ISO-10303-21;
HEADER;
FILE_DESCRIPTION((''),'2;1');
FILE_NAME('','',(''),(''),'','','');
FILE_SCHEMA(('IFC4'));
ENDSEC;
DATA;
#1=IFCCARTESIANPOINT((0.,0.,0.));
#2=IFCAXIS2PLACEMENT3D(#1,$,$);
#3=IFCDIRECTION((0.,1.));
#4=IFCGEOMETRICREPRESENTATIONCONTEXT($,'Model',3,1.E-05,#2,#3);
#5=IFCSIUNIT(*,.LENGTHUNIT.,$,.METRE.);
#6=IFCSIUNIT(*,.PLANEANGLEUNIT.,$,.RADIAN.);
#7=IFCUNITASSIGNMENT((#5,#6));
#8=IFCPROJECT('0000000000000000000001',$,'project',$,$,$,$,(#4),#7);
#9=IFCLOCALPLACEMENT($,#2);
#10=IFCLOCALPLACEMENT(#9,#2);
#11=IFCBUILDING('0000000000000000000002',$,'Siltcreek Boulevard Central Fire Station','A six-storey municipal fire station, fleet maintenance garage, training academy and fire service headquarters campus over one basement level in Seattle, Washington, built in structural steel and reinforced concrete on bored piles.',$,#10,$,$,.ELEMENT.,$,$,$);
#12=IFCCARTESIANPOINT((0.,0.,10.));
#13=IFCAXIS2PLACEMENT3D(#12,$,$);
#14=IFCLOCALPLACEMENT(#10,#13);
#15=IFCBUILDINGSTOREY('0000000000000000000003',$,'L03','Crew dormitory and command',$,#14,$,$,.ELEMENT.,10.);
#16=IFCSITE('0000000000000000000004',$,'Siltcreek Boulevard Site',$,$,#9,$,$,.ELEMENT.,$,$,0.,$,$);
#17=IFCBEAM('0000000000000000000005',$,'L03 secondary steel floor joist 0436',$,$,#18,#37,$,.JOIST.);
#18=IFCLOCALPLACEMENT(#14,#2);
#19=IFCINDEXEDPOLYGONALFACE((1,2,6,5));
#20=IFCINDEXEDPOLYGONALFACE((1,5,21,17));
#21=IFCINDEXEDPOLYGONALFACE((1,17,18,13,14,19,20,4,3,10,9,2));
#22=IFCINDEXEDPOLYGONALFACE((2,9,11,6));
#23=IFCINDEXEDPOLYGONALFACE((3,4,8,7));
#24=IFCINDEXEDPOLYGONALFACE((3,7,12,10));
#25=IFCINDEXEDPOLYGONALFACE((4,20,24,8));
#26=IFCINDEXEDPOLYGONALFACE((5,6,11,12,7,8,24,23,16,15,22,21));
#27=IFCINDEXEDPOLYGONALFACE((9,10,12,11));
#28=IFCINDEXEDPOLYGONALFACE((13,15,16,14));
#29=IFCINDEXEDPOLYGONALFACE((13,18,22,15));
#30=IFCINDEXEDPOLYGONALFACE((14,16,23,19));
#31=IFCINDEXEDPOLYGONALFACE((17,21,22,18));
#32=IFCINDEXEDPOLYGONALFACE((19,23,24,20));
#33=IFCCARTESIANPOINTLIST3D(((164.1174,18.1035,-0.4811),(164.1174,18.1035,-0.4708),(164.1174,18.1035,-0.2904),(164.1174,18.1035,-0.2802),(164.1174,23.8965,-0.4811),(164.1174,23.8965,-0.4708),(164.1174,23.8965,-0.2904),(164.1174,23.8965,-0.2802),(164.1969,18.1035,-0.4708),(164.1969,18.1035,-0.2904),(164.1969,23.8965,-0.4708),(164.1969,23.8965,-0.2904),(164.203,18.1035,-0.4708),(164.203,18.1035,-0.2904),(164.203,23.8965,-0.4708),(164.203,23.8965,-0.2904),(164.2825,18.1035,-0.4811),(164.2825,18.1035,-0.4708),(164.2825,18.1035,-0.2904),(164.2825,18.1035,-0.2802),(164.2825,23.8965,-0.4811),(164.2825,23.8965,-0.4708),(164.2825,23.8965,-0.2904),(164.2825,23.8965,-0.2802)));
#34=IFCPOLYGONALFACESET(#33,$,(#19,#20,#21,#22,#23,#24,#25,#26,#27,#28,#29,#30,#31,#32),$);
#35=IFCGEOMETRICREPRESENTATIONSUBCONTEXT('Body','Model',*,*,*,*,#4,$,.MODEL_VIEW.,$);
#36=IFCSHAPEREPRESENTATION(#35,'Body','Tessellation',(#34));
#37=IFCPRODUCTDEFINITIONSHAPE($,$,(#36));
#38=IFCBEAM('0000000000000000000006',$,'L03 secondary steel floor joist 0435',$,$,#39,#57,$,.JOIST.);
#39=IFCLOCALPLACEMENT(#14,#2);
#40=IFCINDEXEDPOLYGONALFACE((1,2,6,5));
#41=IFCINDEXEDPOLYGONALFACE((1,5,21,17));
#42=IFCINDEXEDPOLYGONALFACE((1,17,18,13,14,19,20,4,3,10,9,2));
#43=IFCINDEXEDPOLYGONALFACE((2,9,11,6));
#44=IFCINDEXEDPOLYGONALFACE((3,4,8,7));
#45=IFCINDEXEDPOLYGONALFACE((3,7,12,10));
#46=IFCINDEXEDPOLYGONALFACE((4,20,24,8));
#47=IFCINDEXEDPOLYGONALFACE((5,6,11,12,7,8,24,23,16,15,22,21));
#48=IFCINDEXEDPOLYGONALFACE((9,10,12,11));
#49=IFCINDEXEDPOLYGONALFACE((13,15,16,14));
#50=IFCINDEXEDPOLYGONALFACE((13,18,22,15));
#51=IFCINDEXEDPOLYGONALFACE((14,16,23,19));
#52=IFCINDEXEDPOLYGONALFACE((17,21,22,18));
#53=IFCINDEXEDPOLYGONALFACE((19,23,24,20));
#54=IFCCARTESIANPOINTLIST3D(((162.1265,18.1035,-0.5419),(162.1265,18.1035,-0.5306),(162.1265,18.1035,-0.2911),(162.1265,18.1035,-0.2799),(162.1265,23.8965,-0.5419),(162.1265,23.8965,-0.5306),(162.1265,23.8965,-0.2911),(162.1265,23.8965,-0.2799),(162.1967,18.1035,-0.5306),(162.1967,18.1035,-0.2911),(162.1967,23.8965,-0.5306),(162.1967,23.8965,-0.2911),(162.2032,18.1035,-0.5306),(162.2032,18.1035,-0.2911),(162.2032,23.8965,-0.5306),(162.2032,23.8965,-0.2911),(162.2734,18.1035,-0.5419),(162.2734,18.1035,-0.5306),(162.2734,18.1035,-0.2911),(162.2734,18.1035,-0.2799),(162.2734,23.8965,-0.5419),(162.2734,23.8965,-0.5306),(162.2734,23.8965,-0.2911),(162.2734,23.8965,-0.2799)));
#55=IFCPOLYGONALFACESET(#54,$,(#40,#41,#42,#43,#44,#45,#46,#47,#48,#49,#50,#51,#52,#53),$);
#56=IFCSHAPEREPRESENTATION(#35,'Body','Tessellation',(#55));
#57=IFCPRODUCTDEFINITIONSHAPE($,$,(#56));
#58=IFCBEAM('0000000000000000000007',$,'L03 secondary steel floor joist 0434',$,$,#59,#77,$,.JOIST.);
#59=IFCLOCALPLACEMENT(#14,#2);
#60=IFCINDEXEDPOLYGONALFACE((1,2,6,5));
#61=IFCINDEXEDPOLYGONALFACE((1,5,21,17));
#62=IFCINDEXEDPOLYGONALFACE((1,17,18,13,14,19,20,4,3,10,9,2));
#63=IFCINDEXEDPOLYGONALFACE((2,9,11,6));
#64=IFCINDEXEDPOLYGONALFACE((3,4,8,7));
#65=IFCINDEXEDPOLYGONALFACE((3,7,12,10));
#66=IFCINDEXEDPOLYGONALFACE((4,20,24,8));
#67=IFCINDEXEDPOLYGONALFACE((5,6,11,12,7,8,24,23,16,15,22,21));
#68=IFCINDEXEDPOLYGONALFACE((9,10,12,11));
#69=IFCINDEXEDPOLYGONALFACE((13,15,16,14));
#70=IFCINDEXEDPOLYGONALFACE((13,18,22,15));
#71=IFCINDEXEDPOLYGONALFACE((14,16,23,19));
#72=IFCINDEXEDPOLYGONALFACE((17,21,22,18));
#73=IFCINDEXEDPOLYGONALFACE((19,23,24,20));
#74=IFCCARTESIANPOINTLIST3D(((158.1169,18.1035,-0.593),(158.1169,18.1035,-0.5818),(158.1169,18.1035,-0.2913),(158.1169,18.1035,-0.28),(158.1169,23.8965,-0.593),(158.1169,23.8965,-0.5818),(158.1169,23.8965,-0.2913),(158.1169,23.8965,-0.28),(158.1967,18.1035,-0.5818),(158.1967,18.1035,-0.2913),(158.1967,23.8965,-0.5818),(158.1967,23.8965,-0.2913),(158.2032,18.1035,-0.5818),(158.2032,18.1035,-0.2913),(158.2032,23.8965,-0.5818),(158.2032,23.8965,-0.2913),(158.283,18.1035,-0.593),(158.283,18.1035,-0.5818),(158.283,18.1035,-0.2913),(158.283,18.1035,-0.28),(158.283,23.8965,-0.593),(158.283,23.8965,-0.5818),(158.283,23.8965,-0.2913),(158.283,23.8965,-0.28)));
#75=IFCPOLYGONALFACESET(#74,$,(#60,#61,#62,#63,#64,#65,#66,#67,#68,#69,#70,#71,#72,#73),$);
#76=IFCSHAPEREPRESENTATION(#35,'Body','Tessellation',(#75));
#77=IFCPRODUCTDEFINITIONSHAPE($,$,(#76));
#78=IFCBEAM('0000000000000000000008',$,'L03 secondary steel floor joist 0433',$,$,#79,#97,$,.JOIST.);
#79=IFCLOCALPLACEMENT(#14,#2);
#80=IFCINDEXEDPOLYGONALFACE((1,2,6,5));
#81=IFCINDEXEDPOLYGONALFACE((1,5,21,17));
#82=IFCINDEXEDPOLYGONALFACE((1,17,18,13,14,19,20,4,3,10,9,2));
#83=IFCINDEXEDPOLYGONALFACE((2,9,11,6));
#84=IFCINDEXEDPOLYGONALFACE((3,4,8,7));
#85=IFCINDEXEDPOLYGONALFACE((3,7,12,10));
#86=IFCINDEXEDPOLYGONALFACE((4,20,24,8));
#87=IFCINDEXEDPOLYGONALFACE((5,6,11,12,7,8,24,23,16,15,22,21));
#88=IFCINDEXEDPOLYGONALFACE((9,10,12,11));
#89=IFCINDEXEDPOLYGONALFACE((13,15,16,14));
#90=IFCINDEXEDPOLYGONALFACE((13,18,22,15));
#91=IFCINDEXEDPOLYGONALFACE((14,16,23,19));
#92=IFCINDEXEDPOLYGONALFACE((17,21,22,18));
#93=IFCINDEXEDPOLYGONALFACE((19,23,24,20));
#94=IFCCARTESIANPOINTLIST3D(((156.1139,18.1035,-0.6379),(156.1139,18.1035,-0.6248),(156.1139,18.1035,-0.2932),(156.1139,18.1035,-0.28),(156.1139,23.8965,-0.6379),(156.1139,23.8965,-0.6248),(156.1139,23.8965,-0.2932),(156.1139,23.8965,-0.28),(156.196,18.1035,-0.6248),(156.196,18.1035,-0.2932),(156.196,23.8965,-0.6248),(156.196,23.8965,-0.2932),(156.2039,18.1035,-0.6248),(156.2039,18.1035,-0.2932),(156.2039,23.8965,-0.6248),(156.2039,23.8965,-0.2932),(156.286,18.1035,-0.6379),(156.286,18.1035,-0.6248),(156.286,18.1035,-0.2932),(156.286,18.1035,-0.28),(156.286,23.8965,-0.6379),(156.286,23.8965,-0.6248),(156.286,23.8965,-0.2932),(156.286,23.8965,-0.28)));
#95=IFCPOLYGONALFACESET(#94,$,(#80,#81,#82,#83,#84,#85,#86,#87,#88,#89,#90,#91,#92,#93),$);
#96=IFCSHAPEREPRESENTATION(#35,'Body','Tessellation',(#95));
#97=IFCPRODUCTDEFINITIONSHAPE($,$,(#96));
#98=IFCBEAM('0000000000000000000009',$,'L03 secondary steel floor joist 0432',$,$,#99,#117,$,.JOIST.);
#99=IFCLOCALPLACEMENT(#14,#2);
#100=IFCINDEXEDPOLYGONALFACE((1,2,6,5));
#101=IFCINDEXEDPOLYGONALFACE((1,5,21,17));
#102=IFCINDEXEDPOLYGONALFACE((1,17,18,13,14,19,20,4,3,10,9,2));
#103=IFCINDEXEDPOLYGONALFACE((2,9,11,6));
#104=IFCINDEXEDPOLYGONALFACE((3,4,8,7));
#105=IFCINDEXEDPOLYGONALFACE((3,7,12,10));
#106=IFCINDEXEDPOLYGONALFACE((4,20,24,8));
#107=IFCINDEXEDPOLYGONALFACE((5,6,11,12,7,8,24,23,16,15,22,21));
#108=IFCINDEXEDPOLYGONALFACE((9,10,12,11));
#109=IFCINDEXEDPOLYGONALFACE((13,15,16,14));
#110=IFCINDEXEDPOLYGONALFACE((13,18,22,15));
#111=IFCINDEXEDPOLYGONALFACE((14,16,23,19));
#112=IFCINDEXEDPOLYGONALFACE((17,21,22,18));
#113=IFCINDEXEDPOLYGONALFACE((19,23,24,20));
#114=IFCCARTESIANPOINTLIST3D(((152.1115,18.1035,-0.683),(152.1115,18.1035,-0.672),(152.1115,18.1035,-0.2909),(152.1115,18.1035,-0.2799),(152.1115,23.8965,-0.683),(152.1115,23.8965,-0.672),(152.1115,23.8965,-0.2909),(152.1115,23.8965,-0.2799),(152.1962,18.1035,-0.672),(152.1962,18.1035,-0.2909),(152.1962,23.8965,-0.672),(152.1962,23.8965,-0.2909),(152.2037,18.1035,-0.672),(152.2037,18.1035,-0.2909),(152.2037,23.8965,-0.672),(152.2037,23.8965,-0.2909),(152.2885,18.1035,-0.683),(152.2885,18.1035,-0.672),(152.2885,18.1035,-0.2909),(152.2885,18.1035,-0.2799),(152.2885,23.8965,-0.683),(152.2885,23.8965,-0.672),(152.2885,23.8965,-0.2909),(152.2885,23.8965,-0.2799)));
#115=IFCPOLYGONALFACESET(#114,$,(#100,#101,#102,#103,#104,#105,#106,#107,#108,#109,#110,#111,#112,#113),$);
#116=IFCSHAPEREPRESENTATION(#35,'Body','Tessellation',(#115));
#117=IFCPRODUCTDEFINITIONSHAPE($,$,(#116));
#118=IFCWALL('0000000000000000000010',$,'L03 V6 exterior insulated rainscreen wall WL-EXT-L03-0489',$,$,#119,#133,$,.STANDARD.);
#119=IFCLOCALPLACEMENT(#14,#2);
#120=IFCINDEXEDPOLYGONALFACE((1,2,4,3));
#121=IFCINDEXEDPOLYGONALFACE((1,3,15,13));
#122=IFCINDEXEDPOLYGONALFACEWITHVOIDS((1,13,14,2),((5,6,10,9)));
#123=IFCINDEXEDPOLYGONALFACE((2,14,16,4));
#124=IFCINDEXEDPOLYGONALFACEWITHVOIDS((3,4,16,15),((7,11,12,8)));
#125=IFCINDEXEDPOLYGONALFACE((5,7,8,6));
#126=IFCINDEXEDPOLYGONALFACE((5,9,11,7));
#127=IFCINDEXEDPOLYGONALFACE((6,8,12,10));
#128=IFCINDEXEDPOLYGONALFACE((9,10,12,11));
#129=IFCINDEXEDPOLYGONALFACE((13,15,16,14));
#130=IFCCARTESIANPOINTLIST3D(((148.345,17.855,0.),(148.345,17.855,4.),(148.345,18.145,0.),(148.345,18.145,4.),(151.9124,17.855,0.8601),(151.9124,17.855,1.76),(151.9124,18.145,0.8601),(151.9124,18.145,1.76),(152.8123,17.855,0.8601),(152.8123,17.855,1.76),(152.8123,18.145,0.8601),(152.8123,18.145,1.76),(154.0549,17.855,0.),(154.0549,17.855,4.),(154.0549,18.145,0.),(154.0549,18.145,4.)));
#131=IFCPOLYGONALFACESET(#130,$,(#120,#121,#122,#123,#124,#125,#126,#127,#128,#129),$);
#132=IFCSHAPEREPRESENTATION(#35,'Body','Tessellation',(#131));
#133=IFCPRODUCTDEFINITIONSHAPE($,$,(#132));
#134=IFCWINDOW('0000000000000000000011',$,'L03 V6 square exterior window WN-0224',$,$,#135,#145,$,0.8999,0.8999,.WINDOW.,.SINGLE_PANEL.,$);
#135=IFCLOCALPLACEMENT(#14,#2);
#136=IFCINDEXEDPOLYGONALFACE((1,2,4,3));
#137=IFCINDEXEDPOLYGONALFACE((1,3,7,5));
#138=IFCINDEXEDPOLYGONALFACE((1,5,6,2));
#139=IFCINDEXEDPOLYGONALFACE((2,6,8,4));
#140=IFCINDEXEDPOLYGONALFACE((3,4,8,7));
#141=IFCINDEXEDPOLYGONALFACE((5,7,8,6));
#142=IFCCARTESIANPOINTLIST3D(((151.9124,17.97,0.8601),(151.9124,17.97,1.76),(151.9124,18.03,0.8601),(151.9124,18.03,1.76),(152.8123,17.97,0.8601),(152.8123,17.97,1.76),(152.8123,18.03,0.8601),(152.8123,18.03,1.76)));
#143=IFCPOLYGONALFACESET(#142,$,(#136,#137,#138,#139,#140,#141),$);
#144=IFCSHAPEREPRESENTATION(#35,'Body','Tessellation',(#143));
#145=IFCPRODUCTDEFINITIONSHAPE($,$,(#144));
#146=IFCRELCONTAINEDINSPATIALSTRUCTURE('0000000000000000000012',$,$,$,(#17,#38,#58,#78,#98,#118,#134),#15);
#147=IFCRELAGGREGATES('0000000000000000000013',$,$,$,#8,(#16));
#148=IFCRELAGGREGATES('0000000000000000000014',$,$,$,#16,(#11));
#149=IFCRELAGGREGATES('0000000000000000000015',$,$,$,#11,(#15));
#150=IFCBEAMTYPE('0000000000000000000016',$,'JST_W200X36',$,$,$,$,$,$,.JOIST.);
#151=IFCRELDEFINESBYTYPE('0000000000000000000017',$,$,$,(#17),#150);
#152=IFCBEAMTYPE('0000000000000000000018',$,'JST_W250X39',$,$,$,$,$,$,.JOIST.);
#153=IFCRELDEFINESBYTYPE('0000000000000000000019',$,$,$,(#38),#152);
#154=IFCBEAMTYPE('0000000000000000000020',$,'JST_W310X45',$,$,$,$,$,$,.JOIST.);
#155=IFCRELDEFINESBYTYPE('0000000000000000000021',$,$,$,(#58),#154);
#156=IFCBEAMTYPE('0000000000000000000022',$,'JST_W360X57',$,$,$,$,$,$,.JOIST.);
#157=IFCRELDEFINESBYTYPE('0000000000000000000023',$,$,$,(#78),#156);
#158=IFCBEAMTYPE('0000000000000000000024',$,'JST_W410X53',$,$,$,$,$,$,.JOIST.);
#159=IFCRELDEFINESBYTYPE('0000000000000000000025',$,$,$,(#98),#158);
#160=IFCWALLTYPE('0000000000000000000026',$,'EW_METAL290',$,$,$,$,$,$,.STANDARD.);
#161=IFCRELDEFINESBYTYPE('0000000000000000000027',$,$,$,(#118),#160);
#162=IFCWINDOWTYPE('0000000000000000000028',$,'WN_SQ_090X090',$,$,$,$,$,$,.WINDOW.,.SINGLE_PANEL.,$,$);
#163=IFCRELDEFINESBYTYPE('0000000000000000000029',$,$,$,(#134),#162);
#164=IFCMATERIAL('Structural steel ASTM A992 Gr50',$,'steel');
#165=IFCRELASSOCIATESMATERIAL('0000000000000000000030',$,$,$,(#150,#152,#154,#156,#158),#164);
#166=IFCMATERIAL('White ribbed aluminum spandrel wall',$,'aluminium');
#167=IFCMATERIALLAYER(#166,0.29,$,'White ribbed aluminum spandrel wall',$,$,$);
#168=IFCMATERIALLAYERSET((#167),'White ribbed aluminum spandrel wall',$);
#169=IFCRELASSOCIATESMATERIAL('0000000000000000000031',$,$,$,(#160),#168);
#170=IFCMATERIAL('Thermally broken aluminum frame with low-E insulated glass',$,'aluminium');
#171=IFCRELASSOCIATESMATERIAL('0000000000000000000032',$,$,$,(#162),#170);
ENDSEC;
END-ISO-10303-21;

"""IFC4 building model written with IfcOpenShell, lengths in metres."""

from ifc_helpers import new_model, si_unit, direction, frame, frame_2d, origin, origin_2d, place, context, subcontext, project, spatial, rectangle, i_section, extrude, material, layer, layer_set, material_profile, profile_set, type_object, element, fill, save


model = new_model("IFC4")

# Units and contexts
model_context = context("Model", 3, precision=1e-05, world=origin(), true_north=direction((0.0, 1.0)))
body_context = subcontext(model_context, "Body", "Model", "MODEL_VIEW")
ifc_project = project(units=[si_unit("LENGTHUNIT", "METRE"), si_unit("PLANEANGLEUNIT", "RADIAN")], contexts=[model_context])

# Site, building, storey
site_placement = place(None, origin())
site = spatial("IfcSite", under=ifc_project, at=site_placement, Name="Siltcreek Boulevard Site", CompositionType="ELEMENT", RefElevation=0.0)
building_placement = place(site_placement, origin())
building = spatial("IfcBuilding", under=site, at=building_placement, Name="Siltcreek Boulevard Central Fire Station", Description="A six-storey municipal fire station, fleet maintenance garage, training academy and fire service headquarters campus over one basement level in Seattle, Washington, built in structural steel and reinforced concrete on bored piles.", CompositionType="ELEMENT")
storey_placement = place(building_placement, frame((0.0, 0.0, 10.0)))
storey = spatial("IfcBuildingStorey", under=building, at=storey_placement, Name="L03", Description="Crew dormitory and command", CompositionType="ELEMENT", Elevation=10.0)

# Shared definitions
ifc_material_1 = material(Name="Structural steel ASTM A992 Gr50", Category="steel")

# Beams
ifc_material_profile_1 = material_profile(ifc_material_1, i_section(OverallWidth=0.165, OverallDepth=0.2009, WebThickness=0.0061, FlangeThickness=0.0103, at=origin_2d()), Name="W200X36")
ifc_profile_set_1 = profile_set([ifc_material_profile_1], Name="Structural steel ASTM A992 Gr50")
beam_type_1 = type_object("IfcBeamType", Name="JST_W200X36", PredefinedType="JOIST", material=ifc_profile_set_1)
for number, where, z_axis, x_axis, name in (
    (1, (164.2, 18.1035, -0.3806), (0.0, 1.0, 0.0), (-1.0, 0.0, 0.0), "L03 secondary steel floor joist 0436"),
):
    element("IfcBeam", number, at=place(storey_placement, frame(where, z_axis=z_axis, x_axis=x_axis)), inside=storey, type_object=beam_type_1, Name=name, PredefinedType="JOIST", context=body_context, shape_type="SweptSolid", body=[
        extrude(i_section(OverallWidth=0.165, OverallDepth=0.2009, WebThickness=0.0061, FlangeThickness=0.0103, at=origin_2d()), origin(), (0.0, 0.0, 1.0), 5.793),
    ])
ifc_material_profile_2 = material_profile(ifc_material_1, i_section(OverallWidth=0.147, OverallDepth=0.262, WebThickness=0.0066, FlangeThickness=0.0112, at=origin_2d()), Name="W250X39")
ifc_profile_set_2 = profile_set([ifc_material_profile_2], Name="Structural steel ASTM A992 Gr50")
beam_type_2 = type_object("IfcBeamType", Name="JST_W250X39", PredefinedType="JOIST", material=ifc_profile_set_2)
beam_1_placement = place(storey_placement, frame((162.2, 18.1035, -0.4109), z_axis=(0.0, 1.0, 0.0), x_axis=(-1.0, 0.0, 0.0)))
element("IfcBeam", 2, at=beam_1_placement, inside=storey, type_object=beam_type_2, Name="L03 secondary steel floor joist 0435", PredefinedType="JOIST", context=body_context, shape_type="SweptSolid", body=[
    extrude(i_section(OverallWidth=0.147, OverallDepth=0.262, WebThickness=0.0066, FlangeThickness=0.0112, at=origin_2d()), origin(), (0.0, 0.0, 1.0), 5.793),
])
ifc_material_profile_3 = material_profile(ifc_material_1, i_section(OverallWidth=0.166, OverallDepth=0.313, WebThickness=0.0066, FlangeThickness=0.0112, at=origin_2d()), Name="W310X45")
ifc_profile_set_3 = profile_set([ifc_material_profile_3], Name="Structural steel ASTM A992 Gr50")
beam_type_3 = type_object("IfcBeamType", Name="JST_W310X45", PredefinedType="JOIST", material=ifc_profile_set_3)
beam_2_placement = place(storey_placement, frame((158.2, 18.1035, -0.4365), z_axis=(0.0, 1.0, 0.0), x_axis=(-1.0, 0.0, 0.0)))
element("IfcBeam", 3, at=beam_2_placement, inside=storey, type_object=beam_type_3, Name="L03 secondary steel floor joist 0434", PredefinedType="JOIST", context=body_context, shape_type="SweptSolid", body=[
    extrude(i_section(OverallWidth=0.166, OverallDepth=0.313, WebThickness=0.0066, FlangeThickness=0.0112, at=origin_2d()), origin(), (0.0, 0.0, 1.0), 5.793),
])
ifc_material_profile_4 = material_profile(ifc_material_1, i_section(OverallWidth=0.1721, OverallDepth=0.3579, WebThickness=0.0078, FlangeThickness=0.0132, at=origin_2d()), Name="W360X57")
ifc_profile_set_4 = profile_set([ifc_material_profile_4], Name="Structural steel ASTM A992 Gr50")
beam_type_4 = type_object("IfcBeamType", Name="JST_W360X57", PredefinedType="JOIST", material=ifc_profile_set_4)
beam_3_placement = place(storey_placement, frame((156.2, 18.1035, -0.459), z_axis=(0.0, 1.0, 0.0), x_axis=(-1.0, 0.0, 0.0)))
element("IfcBeam", 4, at=beam_3_placement, inside=storey, type_object=beam_type_4, Name="L03 secondary steel floor joist 0433", PredefinedType="JOIST", context=body_context, shape_type="SweptSolid", body=[
    extrude(i_section(OverallWidth=0.1721, OverallDepth=0.3579, WebThickness=0.0078, FlangeThickness=0.0132, at=origin_2d()), origin(), (0.0, 0.0, 1.0), 5.793),
])
ifc_material_profile_5 = material_profile(ifc_material_1, i_section(OverallWidth=0.177, OverallDepth=0.4031, WebThickness=0.0076, FlangeThickness=0.011, at=origin_2d()), Name="W410X53")
ifc_profile_set_5 = profile_set([ifc_material_profile_5], Name="Structural steel ASTM A992 Gr50")
beam_type_5 = type_object("IfcBeamType", Name="JST_W410X53", PredefinedType="JOIST", material=ifc_profile_set_5)
beam_4_placement = place(storey_placement, frame((152.2, 18.1035, -0.4814), z_axis=(0.0, 1.0, 0.0), x_axis=(-1.0, 0.0, 0.0)))
element("IfcBeam", 5, at=beam_4_placement, inside=storey, type_object=beam_type_5, Name="L03 secondary steel floor joist 0432", PredefinedType="JOIST", context=body_context, shape_type="SweptSolid", body=[
    extrude(i_section(OverallWidth=0.177, OverallDepth=0.4031, WebThickness=0.0076, FlangeThickness=0.011, at=origin_2d()), origin(), (0.0, 0.0, 1.0), 5.793),
])

# Wall, opening, window
ifc_material_2 = material(Name="White ribbed aluminum spandrel wall", Category="aluminium")
ifc_layer_1 = layer(ifc_material_2, 0.29, Name="White ribbed aluminum spandrel wall")
ifc_layer_set_1 = layer_set([ifc_layer_1], Name="White ribbed aluminum spandrel wall")
wall_type_1 = type_object("IfcWallType", Name="EW_METAL290", PredefinedType="STANDARD", material=ifc_layer_set_1)
wall_1_placement = place(storey_placement, frame((148.345, 18.0, 0.0), z_axis=(0.0, 0.0, 1.0), x_axis=(1.0, 0.0, 0.0)))
wall_1 = element("IfcWall", 6, at=wall_1_placement, inside=storey, type_object=wall_type_1, Name="L03 V6 exterior insulated rainscreen wall WL-EXT-L03-0489", PredefinedType="STANDARD", context=body_context, shape_type="SweptSolid", body=[
    extrude(rectangle(XDim=5.71, YDim=0.29, at=frame_2d((2.855, 0.0))), origin(), (0.0, 0.0, 1.0), 4.0),
])
opening_1_placement = place(wall_1_placement, frame((3.5674, 0.0, 0.8601)))
opening_1 = element("IfcOpeningElement", 7, at=opening_1_placement, cuts=wall_1, PredefinedType="OPENING", context=body_context, shape_type="SweptSolid", body=[
    extrude(rectangle(XDim=0.8999, YDim=0.8999, at=frame_2d((0.45, 0.45))), frame((0.0, 0.155, 0.0), z_axis=(0.0, -1.0, 0.0), x_axis=(1.0, 0.0, 0.0)), (0.0, 0.0, 1.0), 0.3101),
])
ifc_material_3 = material(Name="Thermally broken aluminum frame with low-E insulated glass", Category="aluminium")
window_type_1 = type_object("IfcWindowType", Name="WN_SQ_090X090", PartitioningType="SINGLE_PANEL", PredefinedType="WINDOW", material=ifc_material_3)
window_1_placement = place(opening_1_placement, origin())
window_1 = element("IfcWindow", 8, at=window_1_placement, inside=storey, type_object=window_type_1, Name="L03 V6 square exterior window WN-0224", OverallHeight=0.8999, OverallWidth=0.8999, PartitioningType="SINGLE_PANEL", PredefinedType="WINDOW", context=body_context, shape_type="SweptSolid", body=[
    extrude(rectangle(XDim=0.8999, YDim=0.8999, at=frame_2d((0.45, 0.45))), frame((0.0, 0.03, 0.0), z_axis=(0.0, -1.0, 0.0), x_axis=(1.0, 0.0, 0.0)), (0.0, 0.0, 1.0), 0.0601),
])
fill(opening_1, window_1)

save(model, "model.ifc")
